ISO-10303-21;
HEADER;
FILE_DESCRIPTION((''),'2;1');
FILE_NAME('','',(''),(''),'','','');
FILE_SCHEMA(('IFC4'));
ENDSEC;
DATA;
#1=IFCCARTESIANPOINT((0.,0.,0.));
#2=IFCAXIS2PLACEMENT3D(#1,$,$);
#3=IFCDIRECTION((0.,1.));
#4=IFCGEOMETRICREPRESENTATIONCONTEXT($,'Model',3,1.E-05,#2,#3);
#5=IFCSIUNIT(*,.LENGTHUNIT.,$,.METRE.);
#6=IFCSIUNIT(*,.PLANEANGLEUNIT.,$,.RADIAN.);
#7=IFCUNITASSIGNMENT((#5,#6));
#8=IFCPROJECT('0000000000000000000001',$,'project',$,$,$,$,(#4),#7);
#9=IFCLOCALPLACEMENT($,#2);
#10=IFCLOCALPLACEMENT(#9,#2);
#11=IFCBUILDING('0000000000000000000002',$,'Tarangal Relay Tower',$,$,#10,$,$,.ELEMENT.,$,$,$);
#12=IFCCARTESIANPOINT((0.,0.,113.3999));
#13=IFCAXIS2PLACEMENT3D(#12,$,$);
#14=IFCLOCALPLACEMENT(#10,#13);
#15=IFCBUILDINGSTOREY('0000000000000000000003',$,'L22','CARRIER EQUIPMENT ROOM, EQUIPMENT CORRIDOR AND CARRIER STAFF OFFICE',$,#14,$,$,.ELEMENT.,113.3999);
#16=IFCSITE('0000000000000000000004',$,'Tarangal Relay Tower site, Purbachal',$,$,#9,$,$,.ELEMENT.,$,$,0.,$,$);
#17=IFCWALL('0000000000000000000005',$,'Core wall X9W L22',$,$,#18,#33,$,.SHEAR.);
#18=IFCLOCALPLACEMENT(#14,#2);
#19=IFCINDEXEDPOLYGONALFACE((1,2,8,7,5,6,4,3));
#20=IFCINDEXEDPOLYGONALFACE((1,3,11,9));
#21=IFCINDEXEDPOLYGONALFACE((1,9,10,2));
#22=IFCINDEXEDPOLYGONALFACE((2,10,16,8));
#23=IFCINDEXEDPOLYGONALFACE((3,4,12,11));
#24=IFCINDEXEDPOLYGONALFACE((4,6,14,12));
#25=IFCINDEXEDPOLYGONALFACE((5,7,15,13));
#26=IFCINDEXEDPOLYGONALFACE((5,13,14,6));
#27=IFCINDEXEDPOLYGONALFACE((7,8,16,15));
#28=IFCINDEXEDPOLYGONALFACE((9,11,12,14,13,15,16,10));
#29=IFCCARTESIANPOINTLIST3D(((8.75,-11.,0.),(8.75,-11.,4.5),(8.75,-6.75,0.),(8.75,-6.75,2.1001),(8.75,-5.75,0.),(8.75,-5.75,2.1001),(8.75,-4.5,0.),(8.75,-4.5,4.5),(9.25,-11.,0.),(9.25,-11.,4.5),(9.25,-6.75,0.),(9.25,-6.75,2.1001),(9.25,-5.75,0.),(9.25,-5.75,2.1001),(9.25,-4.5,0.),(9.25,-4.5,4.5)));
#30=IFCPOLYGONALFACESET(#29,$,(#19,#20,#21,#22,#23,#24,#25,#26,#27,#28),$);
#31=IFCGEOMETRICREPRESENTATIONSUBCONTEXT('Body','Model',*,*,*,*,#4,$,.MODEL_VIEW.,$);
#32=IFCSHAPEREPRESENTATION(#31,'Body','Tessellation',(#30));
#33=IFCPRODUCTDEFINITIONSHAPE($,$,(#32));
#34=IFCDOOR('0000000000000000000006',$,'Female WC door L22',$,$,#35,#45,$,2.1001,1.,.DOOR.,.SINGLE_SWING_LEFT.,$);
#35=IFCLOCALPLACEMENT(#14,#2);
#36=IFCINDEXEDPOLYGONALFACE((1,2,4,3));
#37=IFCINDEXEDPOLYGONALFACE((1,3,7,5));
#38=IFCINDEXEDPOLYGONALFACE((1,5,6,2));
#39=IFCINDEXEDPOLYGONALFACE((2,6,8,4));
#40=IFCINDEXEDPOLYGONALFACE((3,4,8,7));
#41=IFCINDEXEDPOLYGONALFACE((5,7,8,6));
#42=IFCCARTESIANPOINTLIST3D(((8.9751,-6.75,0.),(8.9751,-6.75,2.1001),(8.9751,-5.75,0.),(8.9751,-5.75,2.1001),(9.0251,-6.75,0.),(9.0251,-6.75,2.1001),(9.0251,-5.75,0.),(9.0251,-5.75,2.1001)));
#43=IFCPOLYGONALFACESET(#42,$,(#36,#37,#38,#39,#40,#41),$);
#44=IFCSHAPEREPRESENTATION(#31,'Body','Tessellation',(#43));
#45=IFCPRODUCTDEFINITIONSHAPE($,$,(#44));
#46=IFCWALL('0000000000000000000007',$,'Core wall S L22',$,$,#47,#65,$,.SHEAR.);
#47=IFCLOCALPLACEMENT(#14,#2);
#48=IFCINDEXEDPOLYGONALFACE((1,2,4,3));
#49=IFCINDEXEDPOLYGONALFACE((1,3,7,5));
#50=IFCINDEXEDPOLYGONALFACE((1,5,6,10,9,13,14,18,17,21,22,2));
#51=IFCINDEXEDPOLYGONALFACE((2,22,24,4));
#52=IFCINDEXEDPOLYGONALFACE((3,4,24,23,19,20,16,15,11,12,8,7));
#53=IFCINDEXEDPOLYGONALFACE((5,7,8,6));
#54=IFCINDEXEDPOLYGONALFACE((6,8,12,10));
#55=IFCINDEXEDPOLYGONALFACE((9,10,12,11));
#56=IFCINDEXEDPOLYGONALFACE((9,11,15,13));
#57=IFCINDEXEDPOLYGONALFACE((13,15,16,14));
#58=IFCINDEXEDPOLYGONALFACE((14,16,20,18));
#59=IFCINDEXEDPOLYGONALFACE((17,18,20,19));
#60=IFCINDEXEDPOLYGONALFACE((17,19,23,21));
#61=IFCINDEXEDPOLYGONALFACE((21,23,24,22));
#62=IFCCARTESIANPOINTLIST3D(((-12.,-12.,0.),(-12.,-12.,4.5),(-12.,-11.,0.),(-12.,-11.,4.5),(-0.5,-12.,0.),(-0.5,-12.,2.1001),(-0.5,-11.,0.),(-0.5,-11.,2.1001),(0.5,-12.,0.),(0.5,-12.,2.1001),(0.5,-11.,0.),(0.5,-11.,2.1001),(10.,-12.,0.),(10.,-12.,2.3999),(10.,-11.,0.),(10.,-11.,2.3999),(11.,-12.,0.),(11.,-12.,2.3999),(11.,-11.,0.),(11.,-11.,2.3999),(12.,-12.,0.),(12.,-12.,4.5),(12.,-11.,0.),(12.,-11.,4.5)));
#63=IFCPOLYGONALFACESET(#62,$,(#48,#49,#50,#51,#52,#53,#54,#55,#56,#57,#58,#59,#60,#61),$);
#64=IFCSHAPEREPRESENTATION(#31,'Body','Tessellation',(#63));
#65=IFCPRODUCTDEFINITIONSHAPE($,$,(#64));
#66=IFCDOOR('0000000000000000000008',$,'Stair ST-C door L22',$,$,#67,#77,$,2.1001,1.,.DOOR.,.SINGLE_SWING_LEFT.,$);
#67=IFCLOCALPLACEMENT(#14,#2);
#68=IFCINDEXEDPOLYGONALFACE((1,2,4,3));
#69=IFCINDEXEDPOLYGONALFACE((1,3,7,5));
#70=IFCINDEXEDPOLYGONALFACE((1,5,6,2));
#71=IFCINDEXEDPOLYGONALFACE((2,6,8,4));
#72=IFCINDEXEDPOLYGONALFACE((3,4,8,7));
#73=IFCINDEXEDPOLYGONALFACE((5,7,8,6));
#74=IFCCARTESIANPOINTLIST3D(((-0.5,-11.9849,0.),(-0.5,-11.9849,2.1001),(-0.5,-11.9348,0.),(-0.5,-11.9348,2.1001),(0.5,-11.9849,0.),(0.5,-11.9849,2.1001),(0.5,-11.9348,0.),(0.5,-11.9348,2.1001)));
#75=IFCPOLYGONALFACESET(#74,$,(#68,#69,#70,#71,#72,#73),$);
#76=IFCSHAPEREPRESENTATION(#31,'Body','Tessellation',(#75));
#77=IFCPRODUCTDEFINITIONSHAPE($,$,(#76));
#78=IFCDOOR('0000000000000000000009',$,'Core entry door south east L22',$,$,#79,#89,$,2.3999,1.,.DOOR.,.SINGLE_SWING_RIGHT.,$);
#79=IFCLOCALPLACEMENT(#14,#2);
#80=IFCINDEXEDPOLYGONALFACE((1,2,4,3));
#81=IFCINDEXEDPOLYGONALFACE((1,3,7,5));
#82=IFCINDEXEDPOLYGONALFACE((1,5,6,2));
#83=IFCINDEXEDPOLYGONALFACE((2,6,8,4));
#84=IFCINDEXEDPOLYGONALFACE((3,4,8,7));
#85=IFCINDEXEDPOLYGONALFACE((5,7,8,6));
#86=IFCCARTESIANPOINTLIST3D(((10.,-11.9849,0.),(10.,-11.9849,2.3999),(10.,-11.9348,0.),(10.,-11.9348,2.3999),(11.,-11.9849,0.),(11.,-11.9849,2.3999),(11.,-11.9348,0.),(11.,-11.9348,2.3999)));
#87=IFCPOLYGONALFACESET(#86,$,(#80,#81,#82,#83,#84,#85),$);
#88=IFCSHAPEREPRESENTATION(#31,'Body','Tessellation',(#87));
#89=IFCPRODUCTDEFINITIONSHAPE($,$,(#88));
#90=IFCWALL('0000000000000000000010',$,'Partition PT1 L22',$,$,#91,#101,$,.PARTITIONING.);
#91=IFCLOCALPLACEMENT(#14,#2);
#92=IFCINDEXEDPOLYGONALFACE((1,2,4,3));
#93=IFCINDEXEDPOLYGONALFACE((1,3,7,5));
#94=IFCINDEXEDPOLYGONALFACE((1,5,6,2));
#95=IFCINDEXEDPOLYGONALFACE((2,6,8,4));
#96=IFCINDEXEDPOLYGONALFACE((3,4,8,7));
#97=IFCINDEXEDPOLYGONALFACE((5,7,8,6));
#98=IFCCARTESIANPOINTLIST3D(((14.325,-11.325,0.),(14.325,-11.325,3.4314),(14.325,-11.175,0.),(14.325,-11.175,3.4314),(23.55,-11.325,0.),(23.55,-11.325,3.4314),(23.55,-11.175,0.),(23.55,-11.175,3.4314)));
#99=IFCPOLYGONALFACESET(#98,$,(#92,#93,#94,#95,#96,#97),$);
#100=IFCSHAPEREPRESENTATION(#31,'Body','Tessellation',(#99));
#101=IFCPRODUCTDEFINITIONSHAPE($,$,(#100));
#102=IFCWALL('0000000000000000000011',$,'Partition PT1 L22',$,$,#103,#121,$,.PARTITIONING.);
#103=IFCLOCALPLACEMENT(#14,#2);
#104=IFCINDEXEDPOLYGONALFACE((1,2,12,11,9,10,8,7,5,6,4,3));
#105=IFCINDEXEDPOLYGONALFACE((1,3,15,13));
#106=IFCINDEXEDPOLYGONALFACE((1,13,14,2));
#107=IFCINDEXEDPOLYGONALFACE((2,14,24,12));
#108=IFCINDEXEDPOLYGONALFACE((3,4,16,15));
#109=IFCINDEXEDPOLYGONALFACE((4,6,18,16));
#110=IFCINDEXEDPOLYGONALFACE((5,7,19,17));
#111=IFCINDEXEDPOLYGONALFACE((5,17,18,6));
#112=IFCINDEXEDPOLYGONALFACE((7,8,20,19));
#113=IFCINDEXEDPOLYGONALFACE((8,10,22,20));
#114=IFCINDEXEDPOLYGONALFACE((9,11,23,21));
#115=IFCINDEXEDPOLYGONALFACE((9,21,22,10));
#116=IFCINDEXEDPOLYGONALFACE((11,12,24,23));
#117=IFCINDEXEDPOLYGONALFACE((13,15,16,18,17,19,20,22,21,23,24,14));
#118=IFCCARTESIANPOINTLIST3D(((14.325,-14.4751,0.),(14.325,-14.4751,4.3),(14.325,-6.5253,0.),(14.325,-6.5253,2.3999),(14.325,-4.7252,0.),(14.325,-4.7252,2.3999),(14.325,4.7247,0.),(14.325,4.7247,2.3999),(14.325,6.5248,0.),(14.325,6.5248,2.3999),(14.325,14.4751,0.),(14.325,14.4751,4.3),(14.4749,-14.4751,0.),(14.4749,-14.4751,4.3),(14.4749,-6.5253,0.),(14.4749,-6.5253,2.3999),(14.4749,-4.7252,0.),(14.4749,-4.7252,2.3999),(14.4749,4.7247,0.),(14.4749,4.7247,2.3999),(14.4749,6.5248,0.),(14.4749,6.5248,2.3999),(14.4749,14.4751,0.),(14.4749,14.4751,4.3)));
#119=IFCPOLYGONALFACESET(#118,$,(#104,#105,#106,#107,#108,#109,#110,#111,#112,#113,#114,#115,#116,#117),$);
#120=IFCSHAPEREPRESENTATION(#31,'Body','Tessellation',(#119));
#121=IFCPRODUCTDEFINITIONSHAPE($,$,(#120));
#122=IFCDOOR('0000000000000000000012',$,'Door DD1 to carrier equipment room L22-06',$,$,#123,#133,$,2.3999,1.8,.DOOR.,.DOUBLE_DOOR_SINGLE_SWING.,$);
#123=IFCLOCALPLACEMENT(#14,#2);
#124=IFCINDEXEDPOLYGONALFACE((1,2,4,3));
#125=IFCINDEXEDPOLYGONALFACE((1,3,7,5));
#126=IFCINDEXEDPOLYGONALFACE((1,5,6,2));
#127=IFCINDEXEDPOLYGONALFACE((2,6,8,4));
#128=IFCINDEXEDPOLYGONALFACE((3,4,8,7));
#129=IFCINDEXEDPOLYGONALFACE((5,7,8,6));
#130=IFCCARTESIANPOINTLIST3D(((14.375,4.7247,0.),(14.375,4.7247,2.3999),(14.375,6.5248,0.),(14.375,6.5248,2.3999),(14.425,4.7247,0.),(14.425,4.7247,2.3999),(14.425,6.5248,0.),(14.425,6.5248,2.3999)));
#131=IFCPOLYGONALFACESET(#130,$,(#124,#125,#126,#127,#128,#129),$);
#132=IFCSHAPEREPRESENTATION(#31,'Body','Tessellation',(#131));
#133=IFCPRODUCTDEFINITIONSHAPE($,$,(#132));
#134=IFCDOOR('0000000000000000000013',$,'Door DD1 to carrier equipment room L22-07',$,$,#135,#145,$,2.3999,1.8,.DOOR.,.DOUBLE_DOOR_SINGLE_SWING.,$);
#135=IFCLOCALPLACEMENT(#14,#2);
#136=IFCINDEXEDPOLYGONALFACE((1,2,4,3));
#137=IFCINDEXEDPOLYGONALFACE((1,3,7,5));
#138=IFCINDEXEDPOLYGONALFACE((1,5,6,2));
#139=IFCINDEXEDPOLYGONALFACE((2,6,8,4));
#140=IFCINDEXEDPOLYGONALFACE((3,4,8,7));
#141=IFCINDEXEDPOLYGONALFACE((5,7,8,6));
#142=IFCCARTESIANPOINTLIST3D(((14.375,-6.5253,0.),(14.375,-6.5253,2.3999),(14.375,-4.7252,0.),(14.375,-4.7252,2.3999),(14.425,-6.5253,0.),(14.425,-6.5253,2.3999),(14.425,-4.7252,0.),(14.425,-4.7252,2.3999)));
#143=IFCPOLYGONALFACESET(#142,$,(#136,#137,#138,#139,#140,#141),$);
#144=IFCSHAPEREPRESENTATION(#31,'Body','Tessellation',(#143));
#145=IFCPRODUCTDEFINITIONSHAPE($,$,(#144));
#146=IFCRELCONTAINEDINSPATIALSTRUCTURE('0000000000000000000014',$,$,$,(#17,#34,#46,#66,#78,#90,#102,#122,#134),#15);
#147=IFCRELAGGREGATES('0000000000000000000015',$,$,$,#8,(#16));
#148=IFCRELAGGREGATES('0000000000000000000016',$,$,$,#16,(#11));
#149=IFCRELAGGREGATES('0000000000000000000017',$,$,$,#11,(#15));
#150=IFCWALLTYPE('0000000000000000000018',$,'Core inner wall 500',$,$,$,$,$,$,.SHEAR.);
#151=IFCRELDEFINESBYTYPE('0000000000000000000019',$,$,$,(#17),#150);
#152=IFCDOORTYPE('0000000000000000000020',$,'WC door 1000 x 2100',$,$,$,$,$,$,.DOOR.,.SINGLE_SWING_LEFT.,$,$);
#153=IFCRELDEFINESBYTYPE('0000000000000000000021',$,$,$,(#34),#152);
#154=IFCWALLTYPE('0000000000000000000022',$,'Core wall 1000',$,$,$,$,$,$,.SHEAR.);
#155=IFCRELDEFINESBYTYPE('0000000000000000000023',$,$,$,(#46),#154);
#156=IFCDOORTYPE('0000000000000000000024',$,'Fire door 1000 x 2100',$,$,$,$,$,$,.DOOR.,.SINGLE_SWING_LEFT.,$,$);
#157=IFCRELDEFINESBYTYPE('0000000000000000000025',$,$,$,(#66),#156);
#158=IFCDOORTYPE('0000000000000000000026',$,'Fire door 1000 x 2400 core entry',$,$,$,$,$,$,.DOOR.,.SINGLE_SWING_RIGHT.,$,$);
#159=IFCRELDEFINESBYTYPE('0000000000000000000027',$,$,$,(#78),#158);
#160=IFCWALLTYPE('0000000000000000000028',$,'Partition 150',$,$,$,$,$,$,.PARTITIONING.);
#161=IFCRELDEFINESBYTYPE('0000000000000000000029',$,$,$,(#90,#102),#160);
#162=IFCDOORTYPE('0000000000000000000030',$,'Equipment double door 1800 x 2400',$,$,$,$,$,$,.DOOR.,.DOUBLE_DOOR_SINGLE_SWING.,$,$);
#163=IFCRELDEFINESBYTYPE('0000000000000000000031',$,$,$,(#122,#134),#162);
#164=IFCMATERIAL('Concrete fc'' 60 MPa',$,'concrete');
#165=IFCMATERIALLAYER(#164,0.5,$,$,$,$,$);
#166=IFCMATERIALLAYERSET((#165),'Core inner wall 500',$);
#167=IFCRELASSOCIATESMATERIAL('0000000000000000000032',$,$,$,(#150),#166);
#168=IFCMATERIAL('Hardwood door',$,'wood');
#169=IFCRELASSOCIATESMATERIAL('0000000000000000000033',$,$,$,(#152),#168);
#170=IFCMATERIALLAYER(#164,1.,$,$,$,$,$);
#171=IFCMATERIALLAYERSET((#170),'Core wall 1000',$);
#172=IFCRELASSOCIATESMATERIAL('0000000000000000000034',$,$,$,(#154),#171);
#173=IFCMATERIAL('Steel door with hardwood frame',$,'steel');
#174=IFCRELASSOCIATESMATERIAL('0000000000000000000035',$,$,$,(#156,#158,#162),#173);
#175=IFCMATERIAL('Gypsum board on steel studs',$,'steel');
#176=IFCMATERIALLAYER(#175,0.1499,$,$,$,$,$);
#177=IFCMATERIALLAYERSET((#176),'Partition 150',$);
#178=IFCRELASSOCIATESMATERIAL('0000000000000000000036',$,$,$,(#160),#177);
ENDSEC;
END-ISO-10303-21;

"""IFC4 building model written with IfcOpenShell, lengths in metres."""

from ifc_helpers import new_model, si_unit, direction, frame, frame_2d, origin, place, context, subcontext, project, spatial, rectangle, extrude, material, layer, layer_set, type_object, element, fill, save


model = new_model("IFC4")

# Units and contexts
model_context = context("Model", 3, precision=1e-05, world=origin(), true_north=direction((0.0, 1.0)))
body_context = subcontext(model_context, "Body", "Model", "MODEL_VIEW")
ifc_project = project(units=[si_unit("LENGTHUNIT", "METRE"), si_unit("PLANEANGLEUNIT", "RADIAN")], contexts=[model_context])

# Site, building, storey
site_placement = place(None, origin())
site = spatial("IfcSite", under=ifc_project, at=site_placement, Name="Tarangal Relay Tower site, Purbachal", CompositionType="ELEMENT", RefElevation=0.0)
building_placement = place(site_placement, origin())
building = spatial("IfcBuilding", under=site, at=building_placement, Name="Tarangal Relay Tower", CompositionType="ELEMENT")
storey_placement = place(building_placement, frame((0.0, 0.0, 113.3999)))
storey = spatial("IfcBuildingStorey", under=building, at=storey_placement, Name="L22", Description="CARRIER EQUIPMENT ROOM, EQUIPMENT CORRIDOR AND CARRIER STAFF OFFICE", CompositionType="ELEMENT", Elevation=113.3999)

# Shared definitions
ifc_material_1 = material(Name="Concrete fc' 60 MPa", Category="concrete")
ifc_layer_1 = layer(ifc_material_1, 0.5)
ifc_layer_set_1 = layer_set([ifc_layer_1], Name="Core inner wall 500")
wall_type_1 = type_object("IfcWallType", Name="Core inner wall 500", PredefinedType="SHEAR", material=ifc_layer_set_1)

# Wall, opening, door
wall_1_placement = place(storey_placement, frame((9.0, -11.0, 0.0), z_axis=(0.0, 0.0, 1.0), x_axis=(0.0, 1.0, 0.0)))
wall_1 = element("IfcWall", 1, at=wall_1_placement, inside=storey, type_object=wall_type_1, Name="Core wall X9W L22", PredefinedType="SHEAR", context=body_context, shape_type="SweptSolid", body=[
    extrude(rectangle(XDim=6.5, YDim=0.5, at=frame_2d((3.25, 0.0))), origin(), (0.0, 0.0, 1.0), 4.5),
])
opening_1_placement = place(wall_1_placement, frame((4.25, 0.0, 0.0)))
opening_1 = element("IfcOpeningElement", 2, at=opening_1_placement, cuts=wall_1, PredefinedType="OPENING", context=body_context, shape_type="SweptSolid", body=[
    extrude(rectangle(XDim=1.0, YDim=2.1001, at=frame_2d((0.5, 1.05))), frame((0.0, 0.26, 0.0), z_axis=(0.0, -1.0, 0.0), x_axis=(1.0, 0.0, 0.0)), (0.0, 0.0, 1.0), 0.52),
])
ifc_material_2 = material(Name="Hardwood door", Category="wood")
door_type_1 = type_object("IfcDoorType", Name="WC door 1000 x 2100", OperationType="SINGLE_SWING_LEFT", PredefinedType="DOOR", material=ifc_material_2)
door_1_placement = place(opening_1_placement, origin())
door_1 = element("IfcDoor", 3, at=door_1_placement, inside=storey, type_object=door_type_1, Name="Female WC door L22", OperationType="SINGLE_SWING_LEFT", OverallHeight=2.1001, OverallWidth=1.0, PredefinedType="DOOR", context=body_context, shape_type="SweptSolid", body=[
    extrude(rectangle(XDim=1.0, YDim=2.1001, at=frame_2d((0.5, 1.05))), frame((0.0, 0.0249, 0.0), z_axis=(0.0, -1.0, 0.0), x_axis=(1.0, 0.0, 0.0)), (0.0, 0.0, 1.0), 0.05),
])
fill(opening_1, door_1)

# Wall, openings, doors
ifc_layer_2 = layer(ifc_material_1, 1.0)
ifc_layer_set_2 = layer_set([ifc_layer_2], Name="Core wall 1000")
wall_type_2 = type_object("IfcWallType", Name="Core wall 1000", PredefinedType="SHEAR", material=ifc_layer_set_2)
wall_2_placement = place(storey_placement, frame((12.0, -11.5, 0.0), z_axis=(0.0, 0.0, 1.0), x_axis=(-1.0, 0.0, 0.0)))
wall_2 = element("IfcWall", 4, at=wall_2_placement, inside=storey, type_object=wall_type_2, Name="Core wall S L22", PredefinedType="SHEAR", context=body_context, shape_type="SweptSolid", body=[
    extrude(rectangle(XDim=24.0, YDim=1.0, at=frame_2d((12.0, 0.0))), origin(), (0.0, 0.0, 1.0), 4.5),
])
opening_2_placement = place(wall_2_placement, frame((11.5, 0.0, 0.0)))
opening_2 = element("IfcOpeningElement", 5, at=opening_2_placement, cuts=wall_2, PredefinedType="OPENING", context=body_context, shape_type="SweptSolid", body=[
    extrude(rectangle(XDim=1.0, YDim=2.1001, at=frame_2d((0.5, 1.05))), frame((0.0, 0.51, 0.0), z_axis=(0.0, -1.0, 0.0), x_axis=(1.0, 0.0, 0.0)), (0.0, 0.0, 1.0), 1.02),
])
opening_3_placement = place(wall_2_placement, frame((1.0, 0.0, 0.0)))
opening_3 = element("IfcOpeningElement", 6, at=opening_3_placement, cuts=wall_2, PredefinedType="OPENING", context=body_context, shape_type="SweptSolid", body=[
    extrude(rectangle(XDim=1.0, YDim=2.3999, at=frame_2d((0.5, 1.2))), frame((0.0, 0.51, 0.0), z_axis=(0.0, -1.0, 0.0), x_axis=(1.0, 0.0, 0.0)), (0.0, 0.0, 1.0), 1.02),
])
ifc_material_3 = material(Name="Steel door with hardwood frame", Category="steel")
door_type_2 = type_object("IfcDoorType", Name="Fire door 1000 x 2100", OperationType="SINGLE_SWING_LEFT", PredefinedType="DOOR", material=ifc_material_3)
door_2_placement = place(opening_2_placement, origin())
door_2 = element("IfcDoor", 7, at=door_2_placement, inside=storey, type_object=door_type_2, Name="Stair ST-C door L22", OperationType="SINGLE_SWING_LEFT", OverallHeight=2.1001, OverallWidth=1.0, PredefinedType="DOOR", context=body_context, shape_type="SweptSolid", body=[
    extrude(rectangle(XDim=1.0, YDim=2.1001, at=frame_2d((0.5, 1.05))), frame((0.0, 0.4849, 0.0), z_axis=(0.0, -1.0, 0.0), x_axis=(1.0, 0.0, 0.0)), (0.0, 0.0, 1.0), 0.05),
])
fill(opening_2, door_2)
door_type_3 = type_object("IfcDoorType", Name="Fire door 1000 x 2400 core entry", OperationType="SINGLE_SWING_RIGHT", PredefinedType="DOOR", material=ifc_material_3)
door_3_placement = place(opening_3_placement, origin())
door_3 = element("IfcDoor", 8, at=door_3_placement, inside=storey, type_object=door_type_3, Name="Core entry door south east L22", OperationType="SINGLE_SWING_RIGHT", OverallHeight=2.3999, OverallWidth=1.0, PredefinedType="DOOR", context=body_context, shape_type="SweptSolid", body=[
    extrude(rectangle(XDim=1.0, YDim=2.3999, at=frame_2d((0.5, 1.2))), frame((0.0, 0.4849, 0.0), z_axis=(0.0, -1.0, 0.0), x_axis=(1.0, 0.0, 0.0)), (0.0, 0.0, 1.0), 0.05),
])
fill(opening_3, door_3)

# Wall
ifc_material_4 = material(Name="Gypsum board on steel studs", Category="steel")
ifc_layer_3 = layer(ifc_material_4, 0.1499)
ifc_layer_set_3 = layer_set([ifc_layer_3], Name="Partition 150")
wall_type_3 = type_object("IfcWallType", Name="Partition 150", PredefinedType="PARTITIONING", material=ifc_layer_set_3)
wall_3_placement = place(storey_placement, frame((14.325, -11.25, 0.0), z_axis=(0.0, 0.0, 1.0), x_axis=(1.0, 0.0, 0.0)))
element("IfcWall", 9, at=wall_3_placement, inside=storey, type_object=wall_type_3, Name="Partition PT1 L22", PredefinedType="PARTITIONING", context=body_context, shape_type="SweptSolid", body=[
    extrude(rectangle(XDim=9.2251, YDim=0.1499, at=frame_2d((4.6125, 0.0))), origin(), (0.0, 0.0, 1.0), 3.4314),
])

# Wall, openings, doors
wall_4_placement = place(storey_placement, frame((14.3999, -14.4751, 0.0), z_axis=(0.0, 0.0, 1.0), x_axis=(0.0, 1.0, 0.0)))
wall_4 = element("IfcWall", 10, at=wall_4_placement, inside=storey, type_object=wall_type_3, Name="Partition PT1 L22", PredefinedType="PARTITIONING", context=body_context, shape_type="SweptSolid", body=[
    extrude(rectangle(XDim=28.9502, YDim=0.1499, at=frame_2d((14.4751, 0.0))), origin(), (0.0, 0.0, 1.0), 4.3),
])
opening_4_placement = place(wall_4_placement, frame((19.2, 0.0, 0.0)))
opening_4 = element("IfcOpeningElement", 11, at=opening_4_placement, cuts=wall_4, PredefinedType="OPENING", context=body_context, shape_type="SweptSolid", body=[
    extrude(rectangle(XDim=1.8, YDim=2.3999, at=frame_2d((0.8999, 1.2))), frame((0.0, 0.085, 0.0), z_axis=(0.0, -1.0, 0.0), x_axis=(1.0, 0.0, 0.0)), (0.0, 0.0, 1.0), 0.1699),
])
opening_5_placement = place(wall_4_placement, frame((7.95, 0.0, 0.0)))
opening_5 = element("IfcOpeningElement", 12, at=opening_5_placement, cuts=wall_4, PredefinedType="OPENING", context=body_context, shape_type="SweptSolid", body=[
    extrude(rectangle(XDim=1.8, YDim=2.3999, at=frame_2d((0.8999, 1.2))), frame((0.0, 0.085, 0.0), z_axis=(0.0, -1.0, 0.0), x_axis=(1.0, 0.0, 0.0)), (0.0, 0.0, 1.0), 0.1699),
])
door_type_4 = type_object("IfcDoorType", Name="Equipment double door 1800 x 2400", OperationType="DOUBLE_DOOR_SINGLE_SWING", PredefinedType="DOOR", material=ifc_material_3)
door_4_placement = place(opening_4_placement, origin())
door_4 = element("IfcDoor", 13, at=door_4_placement, inside=storey, type_object=door_type_4, Name="Door DD1 to carrier equipment room L22-06", OperationType="DOUBLE_DOOR_SINGLE_SWING", OverallHeight=2.3999, OverallWidth=1.8, PredefinedType="DOOR", context=body_context, shape_type="SweptSolid", body=[
    extrude(rectangle(XDim=1.8, YDim=2.3999, at=frame_2d((0.8999, 1.2))), frame((0.0, 0.0249, 0.0), z_axis=(0.0, -1.0, 0.0), x_axis=(1.0, 0.0, 0.0)), (0.0, 0.0, 1.0), 0.05),
])
fill(opening_4, door_4)
door_5_placement = place(opening_5_placement, origin())
door_5 = element("IfcDoor", 14, at=door_5_placement, inside=storey, type_object=door_type_4, Name="Door DD1 to carrier equipment room L22-07", OperationType="DOUBLE_DOOR_SINGLE_SWING", OverallHeight=2.3999, OverallWidth=1.8, PredefinedType="DOOR", context=body_context, shape_type="SweptSolid", body=[
    extrude(rectangle(XDim=1.8, YDim=2.3999, at=frame_2d((0.8999, 1.2))), frame((0.0, 0.0249, 0.0), z_axis=(0.0, -1.0, 0.0), x_axis=(1.0, 0.0, 0.0)), (0.0, 0.0, 1.0), 0.05),
])
fill(opening_5, door_5)

save(model, "model.ifc")
